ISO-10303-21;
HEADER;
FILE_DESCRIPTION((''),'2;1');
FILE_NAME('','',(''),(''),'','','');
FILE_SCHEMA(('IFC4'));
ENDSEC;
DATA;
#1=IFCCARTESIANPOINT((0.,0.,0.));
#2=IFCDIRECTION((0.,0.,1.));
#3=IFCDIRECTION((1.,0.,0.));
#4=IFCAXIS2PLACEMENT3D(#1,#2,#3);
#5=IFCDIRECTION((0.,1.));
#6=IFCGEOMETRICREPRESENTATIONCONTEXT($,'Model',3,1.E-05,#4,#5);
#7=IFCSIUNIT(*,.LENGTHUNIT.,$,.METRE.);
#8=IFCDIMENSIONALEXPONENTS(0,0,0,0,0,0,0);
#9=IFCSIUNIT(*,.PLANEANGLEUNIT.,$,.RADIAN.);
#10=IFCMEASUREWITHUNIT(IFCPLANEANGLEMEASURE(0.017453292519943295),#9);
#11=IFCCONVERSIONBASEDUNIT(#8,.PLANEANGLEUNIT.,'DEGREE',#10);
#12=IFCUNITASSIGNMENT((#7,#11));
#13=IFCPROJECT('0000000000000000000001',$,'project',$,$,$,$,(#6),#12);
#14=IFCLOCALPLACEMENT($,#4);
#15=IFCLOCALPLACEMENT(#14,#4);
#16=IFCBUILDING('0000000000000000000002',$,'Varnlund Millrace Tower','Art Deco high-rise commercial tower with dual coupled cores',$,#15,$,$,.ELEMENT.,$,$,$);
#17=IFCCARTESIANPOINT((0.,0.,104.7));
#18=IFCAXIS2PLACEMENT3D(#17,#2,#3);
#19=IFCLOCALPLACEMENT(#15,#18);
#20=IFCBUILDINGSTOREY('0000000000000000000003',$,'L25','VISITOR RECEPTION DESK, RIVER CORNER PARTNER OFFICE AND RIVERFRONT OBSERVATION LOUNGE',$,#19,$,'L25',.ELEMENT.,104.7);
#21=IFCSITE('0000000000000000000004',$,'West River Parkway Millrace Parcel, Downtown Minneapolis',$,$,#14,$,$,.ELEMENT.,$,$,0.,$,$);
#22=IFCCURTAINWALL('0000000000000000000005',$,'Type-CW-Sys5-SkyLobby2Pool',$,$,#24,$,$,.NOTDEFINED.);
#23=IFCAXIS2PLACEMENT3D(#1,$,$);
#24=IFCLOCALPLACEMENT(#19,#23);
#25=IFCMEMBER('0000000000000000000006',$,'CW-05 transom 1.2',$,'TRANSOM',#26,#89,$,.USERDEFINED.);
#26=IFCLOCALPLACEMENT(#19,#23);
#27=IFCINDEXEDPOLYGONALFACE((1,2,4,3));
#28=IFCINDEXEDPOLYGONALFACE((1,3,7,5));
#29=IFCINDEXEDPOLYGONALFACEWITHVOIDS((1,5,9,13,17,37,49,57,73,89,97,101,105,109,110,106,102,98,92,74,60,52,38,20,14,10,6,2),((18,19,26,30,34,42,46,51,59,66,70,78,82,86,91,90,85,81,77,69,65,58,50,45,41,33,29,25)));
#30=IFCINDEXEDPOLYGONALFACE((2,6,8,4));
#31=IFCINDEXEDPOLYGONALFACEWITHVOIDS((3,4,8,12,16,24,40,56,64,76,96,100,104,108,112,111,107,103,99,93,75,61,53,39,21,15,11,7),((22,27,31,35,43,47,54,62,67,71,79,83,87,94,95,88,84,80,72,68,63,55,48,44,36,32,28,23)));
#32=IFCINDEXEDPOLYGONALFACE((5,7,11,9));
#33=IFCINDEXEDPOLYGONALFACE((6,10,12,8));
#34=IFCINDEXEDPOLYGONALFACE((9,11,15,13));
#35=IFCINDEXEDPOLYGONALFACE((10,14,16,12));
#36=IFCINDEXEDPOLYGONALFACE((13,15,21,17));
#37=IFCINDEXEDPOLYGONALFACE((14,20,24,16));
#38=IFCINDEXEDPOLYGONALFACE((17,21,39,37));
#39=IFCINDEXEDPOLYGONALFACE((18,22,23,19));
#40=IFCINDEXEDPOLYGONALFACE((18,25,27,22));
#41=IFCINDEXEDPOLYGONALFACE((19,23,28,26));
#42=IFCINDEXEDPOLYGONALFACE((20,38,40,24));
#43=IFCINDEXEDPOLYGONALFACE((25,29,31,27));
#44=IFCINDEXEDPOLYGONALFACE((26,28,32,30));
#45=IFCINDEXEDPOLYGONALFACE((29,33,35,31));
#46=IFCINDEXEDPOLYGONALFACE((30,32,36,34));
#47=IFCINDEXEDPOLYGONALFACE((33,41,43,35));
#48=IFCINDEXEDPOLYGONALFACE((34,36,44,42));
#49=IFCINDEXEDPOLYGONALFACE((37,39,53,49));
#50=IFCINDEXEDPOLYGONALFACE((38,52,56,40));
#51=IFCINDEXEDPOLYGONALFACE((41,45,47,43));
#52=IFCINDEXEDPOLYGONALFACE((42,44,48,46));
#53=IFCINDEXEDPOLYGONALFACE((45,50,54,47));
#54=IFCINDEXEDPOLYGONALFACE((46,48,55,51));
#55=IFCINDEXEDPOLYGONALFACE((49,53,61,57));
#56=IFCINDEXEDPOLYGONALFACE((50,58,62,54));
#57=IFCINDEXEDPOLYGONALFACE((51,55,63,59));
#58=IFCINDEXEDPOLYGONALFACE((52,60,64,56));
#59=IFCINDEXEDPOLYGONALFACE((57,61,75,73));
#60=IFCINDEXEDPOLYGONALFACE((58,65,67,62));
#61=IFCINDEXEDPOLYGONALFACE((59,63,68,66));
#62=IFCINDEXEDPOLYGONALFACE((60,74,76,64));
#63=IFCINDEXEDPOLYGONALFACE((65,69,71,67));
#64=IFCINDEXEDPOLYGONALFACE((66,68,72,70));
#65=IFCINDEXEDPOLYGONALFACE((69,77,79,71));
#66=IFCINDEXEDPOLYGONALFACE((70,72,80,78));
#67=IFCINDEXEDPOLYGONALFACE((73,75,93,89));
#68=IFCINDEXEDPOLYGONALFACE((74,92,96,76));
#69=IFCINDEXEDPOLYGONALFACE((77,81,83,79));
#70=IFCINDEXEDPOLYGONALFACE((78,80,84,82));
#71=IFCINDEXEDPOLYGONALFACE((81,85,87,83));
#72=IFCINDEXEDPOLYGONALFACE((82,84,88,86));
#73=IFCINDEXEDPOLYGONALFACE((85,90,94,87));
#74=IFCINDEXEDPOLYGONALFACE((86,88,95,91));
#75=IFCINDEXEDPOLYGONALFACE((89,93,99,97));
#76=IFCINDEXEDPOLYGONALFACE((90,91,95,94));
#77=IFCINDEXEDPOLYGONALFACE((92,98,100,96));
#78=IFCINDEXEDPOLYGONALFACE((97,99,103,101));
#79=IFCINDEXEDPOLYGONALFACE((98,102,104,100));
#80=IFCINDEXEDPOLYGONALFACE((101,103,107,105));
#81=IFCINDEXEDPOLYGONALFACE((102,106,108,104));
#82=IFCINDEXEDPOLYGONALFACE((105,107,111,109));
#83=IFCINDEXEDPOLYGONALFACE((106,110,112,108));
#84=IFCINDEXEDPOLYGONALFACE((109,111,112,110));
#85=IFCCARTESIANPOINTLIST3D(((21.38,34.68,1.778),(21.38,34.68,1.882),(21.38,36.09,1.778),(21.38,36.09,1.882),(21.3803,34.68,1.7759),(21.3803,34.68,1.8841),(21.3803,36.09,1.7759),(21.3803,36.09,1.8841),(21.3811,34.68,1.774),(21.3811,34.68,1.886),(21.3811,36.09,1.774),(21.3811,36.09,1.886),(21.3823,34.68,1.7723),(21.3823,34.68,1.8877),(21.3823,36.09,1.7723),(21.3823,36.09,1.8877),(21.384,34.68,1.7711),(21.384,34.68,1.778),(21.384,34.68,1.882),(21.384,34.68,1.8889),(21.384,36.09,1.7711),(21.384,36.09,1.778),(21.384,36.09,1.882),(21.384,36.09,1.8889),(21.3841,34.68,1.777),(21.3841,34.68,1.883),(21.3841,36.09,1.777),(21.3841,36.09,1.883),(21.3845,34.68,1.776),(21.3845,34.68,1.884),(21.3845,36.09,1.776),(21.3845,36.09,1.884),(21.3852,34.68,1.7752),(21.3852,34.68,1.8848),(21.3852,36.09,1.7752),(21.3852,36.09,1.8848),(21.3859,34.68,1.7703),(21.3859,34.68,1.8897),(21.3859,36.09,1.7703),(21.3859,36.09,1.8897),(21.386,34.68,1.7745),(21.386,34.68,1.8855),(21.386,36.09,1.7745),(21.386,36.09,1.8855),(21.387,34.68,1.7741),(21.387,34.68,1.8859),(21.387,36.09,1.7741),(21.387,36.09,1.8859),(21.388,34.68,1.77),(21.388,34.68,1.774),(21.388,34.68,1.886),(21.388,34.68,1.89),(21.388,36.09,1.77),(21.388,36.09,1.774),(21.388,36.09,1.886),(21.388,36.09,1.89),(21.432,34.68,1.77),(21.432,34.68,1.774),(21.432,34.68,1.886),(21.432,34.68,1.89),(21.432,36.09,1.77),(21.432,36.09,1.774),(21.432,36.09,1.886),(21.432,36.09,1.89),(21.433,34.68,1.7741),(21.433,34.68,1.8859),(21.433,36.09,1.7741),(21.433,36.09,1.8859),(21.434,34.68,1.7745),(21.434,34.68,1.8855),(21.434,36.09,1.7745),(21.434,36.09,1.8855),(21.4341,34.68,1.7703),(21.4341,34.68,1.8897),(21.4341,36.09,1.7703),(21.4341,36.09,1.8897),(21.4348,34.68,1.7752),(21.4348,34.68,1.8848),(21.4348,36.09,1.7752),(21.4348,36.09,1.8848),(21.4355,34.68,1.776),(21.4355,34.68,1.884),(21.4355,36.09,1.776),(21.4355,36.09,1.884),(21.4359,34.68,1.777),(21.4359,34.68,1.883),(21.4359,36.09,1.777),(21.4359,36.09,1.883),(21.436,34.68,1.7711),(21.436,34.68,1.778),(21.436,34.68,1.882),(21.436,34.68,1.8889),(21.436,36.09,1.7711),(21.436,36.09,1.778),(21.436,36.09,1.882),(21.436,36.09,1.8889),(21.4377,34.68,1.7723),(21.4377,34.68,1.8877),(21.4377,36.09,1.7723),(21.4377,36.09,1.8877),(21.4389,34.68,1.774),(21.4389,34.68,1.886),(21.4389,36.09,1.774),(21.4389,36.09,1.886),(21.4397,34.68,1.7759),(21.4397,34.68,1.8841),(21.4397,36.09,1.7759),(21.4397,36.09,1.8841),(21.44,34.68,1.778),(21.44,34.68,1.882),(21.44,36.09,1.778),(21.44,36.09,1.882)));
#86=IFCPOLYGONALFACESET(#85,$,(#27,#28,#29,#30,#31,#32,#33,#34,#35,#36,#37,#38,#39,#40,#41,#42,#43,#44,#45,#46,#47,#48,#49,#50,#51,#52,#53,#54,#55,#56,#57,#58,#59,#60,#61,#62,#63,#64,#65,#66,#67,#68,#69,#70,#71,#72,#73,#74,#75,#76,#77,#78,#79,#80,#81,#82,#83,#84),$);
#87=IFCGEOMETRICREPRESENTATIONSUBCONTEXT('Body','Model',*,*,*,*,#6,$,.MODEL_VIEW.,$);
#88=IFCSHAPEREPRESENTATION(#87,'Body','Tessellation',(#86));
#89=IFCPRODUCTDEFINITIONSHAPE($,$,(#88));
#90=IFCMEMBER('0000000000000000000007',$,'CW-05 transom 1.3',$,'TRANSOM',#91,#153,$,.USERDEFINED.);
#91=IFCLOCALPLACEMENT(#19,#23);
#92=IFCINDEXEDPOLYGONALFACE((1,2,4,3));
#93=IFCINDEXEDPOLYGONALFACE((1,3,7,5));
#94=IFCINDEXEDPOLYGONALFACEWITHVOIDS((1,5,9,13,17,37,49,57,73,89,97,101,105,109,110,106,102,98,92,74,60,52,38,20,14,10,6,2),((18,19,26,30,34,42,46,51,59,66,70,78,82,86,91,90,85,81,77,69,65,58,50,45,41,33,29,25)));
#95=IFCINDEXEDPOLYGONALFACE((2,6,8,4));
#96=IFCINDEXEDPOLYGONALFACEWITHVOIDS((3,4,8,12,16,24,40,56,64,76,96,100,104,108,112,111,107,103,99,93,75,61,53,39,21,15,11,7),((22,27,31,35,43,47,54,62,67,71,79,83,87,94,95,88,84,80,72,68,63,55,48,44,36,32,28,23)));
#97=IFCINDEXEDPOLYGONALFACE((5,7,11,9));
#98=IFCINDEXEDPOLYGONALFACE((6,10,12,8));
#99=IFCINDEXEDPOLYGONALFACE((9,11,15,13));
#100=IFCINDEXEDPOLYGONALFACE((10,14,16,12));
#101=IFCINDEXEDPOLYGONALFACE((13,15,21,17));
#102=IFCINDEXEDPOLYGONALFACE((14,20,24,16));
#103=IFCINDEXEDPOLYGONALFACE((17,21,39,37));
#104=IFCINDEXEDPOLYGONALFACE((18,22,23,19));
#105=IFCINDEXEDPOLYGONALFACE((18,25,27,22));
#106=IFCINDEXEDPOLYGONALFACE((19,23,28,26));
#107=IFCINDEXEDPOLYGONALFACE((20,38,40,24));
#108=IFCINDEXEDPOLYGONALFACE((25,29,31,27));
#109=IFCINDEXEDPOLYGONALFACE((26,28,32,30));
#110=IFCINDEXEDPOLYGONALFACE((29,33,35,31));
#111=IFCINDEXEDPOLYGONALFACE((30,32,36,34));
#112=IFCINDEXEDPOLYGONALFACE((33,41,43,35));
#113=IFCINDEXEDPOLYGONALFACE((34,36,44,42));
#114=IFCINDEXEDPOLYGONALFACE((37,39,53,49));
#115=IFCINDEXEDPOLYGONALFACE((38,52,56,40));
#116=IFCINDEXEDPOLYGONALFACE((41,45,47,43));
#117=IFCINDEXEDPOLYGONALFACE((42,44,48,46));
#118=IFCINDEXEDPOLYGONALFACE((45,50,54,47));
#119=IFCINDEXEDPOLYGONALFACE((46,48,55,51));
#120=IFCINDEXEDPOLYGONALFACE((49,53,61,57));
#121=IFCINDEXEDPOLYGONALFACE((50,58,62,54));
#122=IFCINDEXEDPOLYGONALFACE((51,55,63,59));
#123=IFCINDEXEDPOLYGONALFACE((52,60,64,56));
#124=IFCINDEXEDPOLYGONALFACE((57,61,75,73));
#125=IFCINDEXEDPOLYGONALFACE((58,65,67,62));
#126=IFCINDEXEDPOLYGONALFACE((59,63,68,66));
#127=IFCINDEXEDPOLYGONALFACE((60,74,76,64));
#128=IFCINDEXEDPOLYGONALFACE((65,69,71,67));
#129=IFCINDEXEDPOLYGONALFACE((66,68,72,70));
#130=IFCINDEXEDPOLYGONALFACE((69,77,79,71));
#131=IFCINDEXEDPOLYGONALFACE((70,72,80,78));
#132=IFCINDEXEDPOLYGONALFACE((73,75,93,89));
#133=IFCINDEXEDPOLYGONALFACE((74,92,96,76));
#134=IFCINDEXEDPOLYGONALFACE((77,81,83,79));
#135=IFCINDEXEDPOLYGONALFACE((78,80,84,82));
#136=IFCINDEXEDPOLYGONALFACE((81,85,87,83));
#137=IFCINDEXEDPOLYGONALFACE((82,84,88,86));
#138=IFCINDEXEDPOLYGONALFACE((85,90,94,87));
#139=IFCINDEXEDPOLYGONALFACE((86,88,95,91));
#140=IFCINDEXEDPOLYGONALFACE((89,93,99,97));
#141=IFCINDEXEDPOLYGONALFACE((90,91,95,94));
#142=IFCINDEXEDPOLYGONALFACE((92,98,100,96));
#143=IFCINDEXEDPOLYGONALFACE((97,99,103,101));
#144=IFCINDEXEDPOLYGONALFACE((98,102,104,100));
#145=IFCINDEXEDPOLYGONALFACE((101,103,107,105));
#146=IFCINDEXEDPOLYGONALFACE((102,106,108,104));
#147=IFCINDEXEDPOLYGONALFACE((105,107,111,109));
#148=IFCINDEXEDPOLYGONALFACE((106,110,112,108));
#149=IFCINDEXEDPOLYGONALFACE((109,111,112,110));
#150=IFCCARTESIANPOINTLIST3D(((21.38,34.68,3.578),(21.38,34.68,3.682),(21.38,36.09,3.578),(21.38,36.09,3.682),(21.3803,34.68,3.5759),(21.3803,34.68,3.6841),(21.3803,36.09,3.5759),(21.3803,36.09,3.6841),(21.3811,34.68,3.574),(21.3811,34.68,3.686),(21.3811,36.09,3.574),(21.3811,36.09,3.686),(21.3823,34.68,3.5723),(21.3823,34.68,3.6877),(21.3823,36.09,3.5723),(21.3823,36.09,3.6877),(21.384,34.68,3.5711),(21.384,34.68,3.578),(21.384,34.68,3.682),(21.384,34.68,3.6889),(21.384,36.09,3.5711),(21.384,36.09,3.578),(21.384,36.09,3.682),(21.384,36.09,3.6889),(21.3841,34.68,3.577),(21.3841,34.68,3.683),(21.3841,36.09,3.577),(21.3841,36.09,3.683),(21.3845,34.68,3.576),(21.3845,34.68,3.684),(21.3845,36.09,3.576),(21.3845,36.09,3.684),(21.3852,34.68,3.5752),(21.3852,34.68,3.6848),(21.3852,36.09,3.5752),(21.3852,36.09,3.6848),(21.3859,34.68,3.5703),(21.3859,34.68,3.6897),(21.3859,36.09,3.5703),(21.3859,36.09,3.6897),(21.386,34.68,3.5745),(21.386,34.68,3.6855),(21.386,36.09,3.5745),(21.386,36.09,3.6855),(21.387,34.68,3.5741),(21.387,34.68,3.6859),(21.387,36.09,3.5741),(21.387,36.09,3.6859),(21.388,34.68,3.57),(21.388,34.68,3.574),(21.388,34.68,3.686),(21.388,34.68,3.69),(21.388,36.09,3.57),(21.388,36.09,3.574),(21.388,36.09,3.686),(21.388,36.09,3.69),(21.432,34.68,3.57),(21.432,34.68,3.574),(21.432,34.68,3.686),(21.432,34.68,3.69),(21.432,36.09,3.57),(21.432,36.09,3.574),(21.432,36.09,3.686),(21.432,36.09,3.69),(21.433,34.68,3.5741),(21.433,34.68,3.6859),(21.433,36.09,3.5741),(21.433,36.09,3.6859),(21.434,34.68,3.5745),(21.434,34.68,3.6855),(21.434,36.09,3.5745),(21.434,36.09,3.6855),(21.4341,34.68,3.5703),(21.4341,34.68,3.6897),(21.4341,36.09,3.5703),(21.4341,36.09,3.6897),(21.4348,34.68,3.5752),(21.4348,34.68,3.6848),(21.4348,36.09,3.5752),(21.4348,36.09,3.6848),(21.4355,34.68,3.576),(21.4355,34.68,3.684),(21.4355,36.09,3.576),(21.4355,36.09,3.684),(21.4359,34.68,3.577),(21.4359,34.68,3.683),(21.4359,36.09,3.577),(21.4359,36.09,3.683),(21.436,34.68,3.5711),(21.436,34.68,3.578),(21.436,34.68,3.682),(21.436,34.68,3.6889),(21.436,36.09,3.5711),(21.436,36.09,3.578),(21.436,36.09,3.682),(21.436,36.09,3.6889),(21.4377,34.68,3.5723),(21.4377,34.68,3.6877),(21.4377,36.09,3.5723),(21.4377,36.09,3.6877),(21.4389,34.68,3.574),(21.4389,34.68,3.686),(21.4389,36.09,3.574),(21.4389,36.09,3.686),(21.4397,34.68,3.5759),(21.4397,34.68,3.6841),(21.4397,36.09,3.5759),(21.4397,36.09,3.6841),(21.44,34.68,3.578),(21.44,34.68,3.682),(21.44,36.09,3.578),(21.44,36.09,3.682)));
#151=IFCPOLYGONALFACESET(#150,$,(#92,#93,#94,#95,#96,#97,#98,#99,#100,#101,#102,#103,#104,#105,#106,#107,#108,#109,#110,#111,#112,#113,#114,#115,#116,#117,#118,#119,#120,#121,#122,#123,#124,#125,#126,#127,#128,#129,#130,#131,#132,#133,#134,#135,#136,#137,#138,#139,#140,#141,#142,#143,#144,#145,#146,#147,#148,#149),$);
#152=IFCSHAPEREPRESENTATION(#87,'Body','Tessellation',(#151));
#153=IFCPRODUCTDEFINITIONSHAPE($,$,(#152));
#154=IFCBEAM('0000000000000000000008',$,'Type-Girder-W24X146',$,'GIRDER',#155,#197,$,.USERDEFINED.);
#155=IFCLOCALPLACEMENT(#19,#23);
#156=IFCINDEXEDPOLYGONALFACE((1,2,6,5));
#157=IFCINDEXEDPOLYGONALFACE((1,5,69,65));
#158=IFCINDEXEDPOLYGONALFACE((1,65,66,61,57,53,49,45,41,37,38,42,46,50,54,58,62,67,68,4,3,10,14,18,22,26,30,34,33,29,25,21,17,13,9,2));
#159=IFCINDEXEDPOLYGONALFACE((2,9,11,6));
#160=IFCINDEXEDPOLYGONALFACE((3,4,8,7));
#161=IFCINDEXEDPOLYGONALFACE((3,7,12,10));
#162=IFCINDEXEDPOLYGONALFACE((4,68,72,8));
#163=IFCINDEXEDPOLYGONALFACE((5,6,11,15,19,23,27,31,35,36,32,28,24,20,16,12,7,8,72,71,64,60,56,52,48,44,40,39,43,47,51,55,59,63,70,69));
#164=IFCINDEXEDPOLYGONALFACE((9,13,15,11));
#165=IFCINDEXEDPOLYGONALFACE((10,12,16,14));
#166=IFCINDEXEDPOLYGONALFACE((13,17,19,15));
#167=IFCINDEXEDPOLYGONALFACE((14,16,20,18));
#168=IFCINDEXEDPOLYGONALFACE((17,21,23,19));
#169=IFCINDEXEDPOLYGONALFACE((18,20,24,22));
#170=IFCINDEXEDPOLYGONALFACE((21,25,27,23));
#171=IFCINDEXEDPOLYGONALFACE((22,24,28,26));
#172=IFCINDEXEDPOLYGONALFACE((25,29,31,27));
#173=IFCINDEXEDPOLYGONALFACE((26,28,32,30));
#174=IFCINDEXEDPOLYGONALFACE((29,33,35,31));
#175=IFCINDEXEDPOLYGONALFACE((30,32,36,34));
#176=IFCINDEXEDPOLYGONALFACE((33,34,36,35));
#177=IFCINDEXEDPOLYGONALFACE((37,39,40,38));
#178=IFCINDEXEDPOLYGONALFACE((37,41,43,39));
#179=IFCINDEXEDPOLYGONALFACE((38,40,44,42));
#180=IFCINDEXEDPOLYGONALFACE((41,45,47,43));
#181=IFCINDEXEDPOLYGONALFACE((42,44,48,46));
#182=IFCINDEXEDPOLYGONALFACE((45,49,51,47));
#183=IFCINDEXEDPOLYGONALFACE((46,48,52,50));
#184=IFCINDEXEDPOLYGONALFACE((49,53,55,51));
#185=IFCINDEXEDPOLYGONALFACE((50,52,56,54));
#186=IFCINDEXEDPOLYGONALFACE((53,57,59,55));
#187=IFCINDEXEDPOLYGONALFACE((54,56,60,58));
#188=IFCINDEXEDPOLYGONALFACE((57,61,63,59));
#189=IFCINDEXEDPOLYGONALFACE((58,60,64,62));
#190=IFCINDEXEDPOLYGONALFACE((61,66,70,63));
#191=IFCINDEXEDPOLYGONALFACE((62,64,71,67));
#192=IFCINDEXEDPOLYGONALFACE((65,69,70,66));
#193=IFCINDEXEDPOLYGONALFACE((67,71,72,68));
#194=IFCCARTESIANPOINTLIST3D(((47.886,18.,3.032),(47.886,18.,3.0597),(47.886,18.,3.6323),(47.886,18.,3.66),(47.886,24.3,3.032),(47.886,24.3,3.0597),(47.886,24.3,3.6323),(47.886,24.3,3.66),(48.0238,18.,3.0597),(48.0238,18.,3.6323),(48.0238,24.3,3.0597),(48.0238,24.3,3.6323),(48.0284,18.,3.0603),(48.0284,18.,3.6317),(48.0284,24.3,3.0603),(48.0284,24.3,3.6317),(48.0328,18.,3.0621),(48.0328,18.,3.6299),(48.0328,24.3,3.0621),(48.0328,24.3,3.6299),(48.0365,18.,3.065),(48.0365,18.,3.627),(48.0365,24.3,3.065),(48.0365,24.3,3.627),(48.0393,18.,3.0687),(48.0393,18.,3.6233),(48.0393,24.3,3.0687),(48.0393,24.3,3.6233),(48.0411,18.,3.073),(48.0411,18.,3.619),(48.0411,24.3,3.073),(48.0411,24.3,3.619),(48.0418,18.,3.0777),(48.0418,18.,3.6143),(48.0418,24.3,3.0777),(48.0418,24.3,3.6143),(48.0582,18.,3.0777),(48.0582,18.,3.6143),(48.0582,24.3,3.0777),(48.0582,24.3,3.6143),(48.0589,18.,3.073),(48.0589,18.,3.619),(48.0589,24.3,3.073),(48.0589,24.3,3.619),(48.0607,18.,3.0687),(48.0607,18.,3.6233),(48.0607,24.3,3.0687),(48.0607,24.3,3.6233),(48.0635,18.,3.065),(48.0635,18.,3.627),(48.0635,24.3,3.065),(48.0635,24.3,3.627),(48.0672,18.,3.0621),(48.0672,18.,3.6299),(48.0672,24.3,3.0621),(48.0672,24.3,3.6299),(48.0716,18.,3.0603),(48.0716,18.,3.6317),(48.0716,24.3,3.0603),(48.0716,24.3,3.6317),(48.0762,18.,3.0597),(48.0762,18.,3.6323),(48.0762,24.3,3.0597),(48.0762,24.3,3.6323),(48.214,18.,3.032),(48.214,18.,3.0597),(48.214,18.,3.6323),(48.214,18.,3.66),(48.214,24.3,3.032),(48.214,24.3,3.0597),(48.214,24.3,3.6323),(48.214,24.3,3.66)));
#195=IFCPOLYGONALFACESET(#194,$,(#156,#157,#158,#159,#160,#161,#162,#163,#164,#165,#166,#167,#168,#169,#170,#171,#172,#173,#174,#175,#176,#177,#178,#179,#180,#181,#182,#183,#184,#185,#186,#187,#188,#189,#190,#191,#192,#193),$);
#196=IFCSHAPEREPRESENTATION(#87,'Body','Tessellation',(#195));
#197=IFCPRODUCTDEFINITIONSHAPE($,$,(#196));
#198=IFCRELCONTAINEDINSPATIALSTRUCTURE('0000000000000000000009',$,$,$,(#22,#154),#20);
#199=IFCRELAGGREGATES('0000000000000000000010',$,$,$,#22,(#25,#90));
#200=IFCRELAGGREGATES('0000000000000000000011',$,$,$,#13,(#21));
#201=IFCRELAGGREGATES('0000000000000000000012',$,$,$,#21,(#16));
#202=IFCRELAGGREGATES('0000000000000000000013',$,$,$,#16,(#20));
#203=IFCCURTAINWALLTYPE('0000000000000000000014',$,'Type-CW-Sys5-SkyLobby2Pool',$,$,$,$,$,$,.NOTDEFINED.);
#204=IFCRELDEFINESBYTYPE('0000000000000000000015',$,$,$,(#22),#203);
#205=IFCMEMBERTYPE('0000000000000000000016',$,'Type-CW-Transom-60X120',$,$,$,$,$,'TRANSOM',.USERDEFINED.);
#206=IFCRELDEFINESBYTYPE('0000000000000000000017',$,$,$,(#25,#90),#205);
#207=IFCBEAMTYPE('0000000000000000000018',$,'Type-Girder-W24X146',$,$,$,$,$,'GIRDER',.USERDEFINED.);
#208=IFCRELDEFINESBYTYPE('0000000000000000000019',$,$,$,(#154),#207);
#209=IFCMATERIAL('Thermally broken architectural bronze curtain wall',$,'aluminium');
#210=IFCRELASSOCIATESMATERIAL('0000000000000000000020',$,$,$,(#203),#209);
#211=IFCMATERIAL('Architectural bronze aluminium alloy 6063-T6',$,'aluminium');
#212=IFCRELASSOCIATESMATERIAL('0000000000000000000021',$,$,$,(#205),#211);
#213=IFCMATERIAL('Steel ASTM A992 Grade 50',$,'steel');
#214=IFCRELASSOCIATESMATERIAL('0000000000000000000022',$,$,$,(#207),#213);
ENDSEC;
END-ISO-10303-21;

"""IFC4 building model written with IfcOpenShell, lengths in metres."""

from ifc_helpers import new_model, entity, si_unit, converted_unit, direction, frame, origin_with_axes, origin_2d_with_axis, place, context, subcontext, project, spatial, hollow_rectangle, i_section, extrude, material, material_profile, profile_set, type_object, element, aggregate, save


model = new_model("IFC4")

# Units and contexts
model_context = context("Model", 3, precision=1e-05, world=origin_with_axes(), true_north=direction((0.0, 1.0)))
body_context = subcontext(model_context, "Body", "Model", "MODEL_VIEW")
ifc_project = project(units=[si_unit("LENGTHUNIT", "METRE"), converted_unit("PLANEANGLEUNIT", "DEGREE", entity("IfcPlaneAngleMeasure", 0.017453292519943295), si_unit("PLANEANGLEUNIT", "RADIAN"), dimensions=[0, 0, 0, 0, 0, 0, 0])], contexts=[model_context])

# Site, building, storey
site_placement = place(None, origin_with_axes())
site = spatial("IfcSite", under=ifc_project, at=site_placement, Name="West River Parkway Millrace Parcel, Downtown Minneapolis", CompositionType="ELEMENT", RefElevation=0.0)
building_placement = place(site_placement, origin_with_axes())
building = spatial("IfcBuilding", under=site, at=building_placement, Name="Varnlund Millrace Tower", Description="Art Deco high-rise commercial tower with dual coupled cores", CompositionType="ELEMENT")
storey_placement = place(building_placement, frame((0.0, 0.0, 104.7), z_axis=(0.0, 0.0, 1.0), x_axis=(1.0, 0.0, 0.0)))
storey = spatial("IfcBuildingStorey", under=building, at=storey_placement, Name="L25", Description="VISITOR RECEPTION DESK, RIVER CORNER PARTNER OFFICE AND RIVERFRONT OBSERVATION LOUNGE", LongName="L25", CompositionType="ELEMENT", Elevation=104.7)

# Curtain wall, members
ifc_material_1 = material(Name="Thermally broken architectural bronze curtain wall", Category="aluminium")
curtain_wall_type = type_object("IfcCurtainWallType", Name="Type-CW-Sys5-SkyLobby2Pool", PredefinedType="NOTDEFINED", material=ifc_material_1)
curtain_wall_placement = place(storey_placement, frame((21.41, 36.15, 0.0), z_axis=(0.0, 0.0, 1.0), x_axis=(1.0, 0.0, 0.0)))
curtain_wall = element("IfcCurtainWall", 1, at=curtain_wall_placement, inside=storey, type_object=curtain_wall_type, Name="Type-CW-Sys5-SkyLobby2Pool", PredefinedType="NOTDEFINED")
ifc_material_2 = material(Name="Architectural bronze aluminium alloy 6063-T6", Category="aluminium")
ifc_material_profile_1 = material_profile(ifc_material_2, hollow_rectangle(XDim=0.06, YDim=0.12, WallThickness=0.004, InnerFilletRadius=0.004, OuterFilletRadius=0.008, at=origin_2d_with_axis()), Name="Architectural bronze aluminium alloy 6063-T6")
ifc_profile_set_1 = profile_set([ifc_material_profile_1], Name="Architectural bronze aluminium alloy 6063-T6")
member_type = type_object("IfcMemberType", Name="Type-CW-Transom-60X120", ElementType="TRANSOM", PredefinedType="USERDEFINED", material=ifc_profile_set_1)
member_1_placement = place(storey_placement, frame((21.41, 36.09, 1.83), z_axis=(0.0, -1.0, 0.0), x_axis=(1.0, 0.0, 0.0)))
member_1 = element("IfcMember", 2, at=member_1_placement, type_object=member_type, Name="CW-05 transom 1.2", ObjectType="TRANSOM", PredefinedType="USERDEFINED", context=body_context, shape_type="SweptSolid", body=[
    extrude(hollow_rectangle(XDim=0.06, YDim=0.12, WallThickness=0.004, InnerFilletRadius=0.004, OuterFilletRadius=0.008, at=origin_2d_with_axis()), origin_with_axes(), (0.0, 0.0, 1.0), 1.41),
])
member_2_placement = place(storey_placement, frame((21.41, 36.09, 3.63), z_axis=(0.0, -1.0, 0.0), x_axis=(1.0, 0.0, 0.0)))
member_2 = element("IfcMember", 3, at=member_2_placement, type_object=member_type, Name="CW-05 transom 1.3", ObjectType="TRANSOM", PredefinedType="USERDEFINED", context=body_context, shape_type="SweptSolid", body=[
    extrude(hollow_rectangle(XDim=0.06, YDim=0.12, WallThickness=0.004, InnerFilletRadius=0.004, OuterFilletRadius=0.008, at=origin_2d_with_axis()), origin_with_axes(), (0.0, 0.0, 1.0), 1.41),
])
aggregate(curtain_wall, [member_1, member_2])

# Beam
ifc_material_3 = material(Name="Steel ASTM A992 Grade 50", Category="steel")
ifc_material_profile_2 = material_profile(ifc_material_3, i_section(OverallWidth=0.328, OverallDepth=0.628, WebThickness=0.0165, FlangeThickness=0.0277, FilletRadius=0.018, at=origin_2d_with_axis()), Name="Steel ASTM A992 Grade 50")
ifc_profile_set_2 = profile_set([ifc_material_profile_2], Name="Steel ASTM A992 Grade 50")
beam_type_1 = type_object("IfcBeamType", Name="Type-Girder-W24X146", ElementType="GIRDER", PredefinedType="USERDEFINED", material=ifc_profile_set_2)
beam_1_placement = place(storey_placement, frame((48.05, 18.0, 3.346), z_axis=(0.0, 1.0, 0.0), x_axis=(-1.0, 0.0, 0.0)))
element("IfcBeam", 4, at=beam_1_placement, inside=storey, type_object=beam_type_1, Name="Type-Girder-W24X146", ObjectType="GIRDER", PredefinedType="USERDEFINED", context=body_context, shape_type="SweptSolid", body=[
    extrude(i_section(OverallWidth=0.328, OverallDepth=0.628, WebThickness=0.0165, FlangeThickness=0.0277, FilletRadius=0.018, at=origin_2d_with_axis()), origin_with_axes(), (0.0, 0.0, 1.0), 6.3),
])

save(model, "model.ifc")
